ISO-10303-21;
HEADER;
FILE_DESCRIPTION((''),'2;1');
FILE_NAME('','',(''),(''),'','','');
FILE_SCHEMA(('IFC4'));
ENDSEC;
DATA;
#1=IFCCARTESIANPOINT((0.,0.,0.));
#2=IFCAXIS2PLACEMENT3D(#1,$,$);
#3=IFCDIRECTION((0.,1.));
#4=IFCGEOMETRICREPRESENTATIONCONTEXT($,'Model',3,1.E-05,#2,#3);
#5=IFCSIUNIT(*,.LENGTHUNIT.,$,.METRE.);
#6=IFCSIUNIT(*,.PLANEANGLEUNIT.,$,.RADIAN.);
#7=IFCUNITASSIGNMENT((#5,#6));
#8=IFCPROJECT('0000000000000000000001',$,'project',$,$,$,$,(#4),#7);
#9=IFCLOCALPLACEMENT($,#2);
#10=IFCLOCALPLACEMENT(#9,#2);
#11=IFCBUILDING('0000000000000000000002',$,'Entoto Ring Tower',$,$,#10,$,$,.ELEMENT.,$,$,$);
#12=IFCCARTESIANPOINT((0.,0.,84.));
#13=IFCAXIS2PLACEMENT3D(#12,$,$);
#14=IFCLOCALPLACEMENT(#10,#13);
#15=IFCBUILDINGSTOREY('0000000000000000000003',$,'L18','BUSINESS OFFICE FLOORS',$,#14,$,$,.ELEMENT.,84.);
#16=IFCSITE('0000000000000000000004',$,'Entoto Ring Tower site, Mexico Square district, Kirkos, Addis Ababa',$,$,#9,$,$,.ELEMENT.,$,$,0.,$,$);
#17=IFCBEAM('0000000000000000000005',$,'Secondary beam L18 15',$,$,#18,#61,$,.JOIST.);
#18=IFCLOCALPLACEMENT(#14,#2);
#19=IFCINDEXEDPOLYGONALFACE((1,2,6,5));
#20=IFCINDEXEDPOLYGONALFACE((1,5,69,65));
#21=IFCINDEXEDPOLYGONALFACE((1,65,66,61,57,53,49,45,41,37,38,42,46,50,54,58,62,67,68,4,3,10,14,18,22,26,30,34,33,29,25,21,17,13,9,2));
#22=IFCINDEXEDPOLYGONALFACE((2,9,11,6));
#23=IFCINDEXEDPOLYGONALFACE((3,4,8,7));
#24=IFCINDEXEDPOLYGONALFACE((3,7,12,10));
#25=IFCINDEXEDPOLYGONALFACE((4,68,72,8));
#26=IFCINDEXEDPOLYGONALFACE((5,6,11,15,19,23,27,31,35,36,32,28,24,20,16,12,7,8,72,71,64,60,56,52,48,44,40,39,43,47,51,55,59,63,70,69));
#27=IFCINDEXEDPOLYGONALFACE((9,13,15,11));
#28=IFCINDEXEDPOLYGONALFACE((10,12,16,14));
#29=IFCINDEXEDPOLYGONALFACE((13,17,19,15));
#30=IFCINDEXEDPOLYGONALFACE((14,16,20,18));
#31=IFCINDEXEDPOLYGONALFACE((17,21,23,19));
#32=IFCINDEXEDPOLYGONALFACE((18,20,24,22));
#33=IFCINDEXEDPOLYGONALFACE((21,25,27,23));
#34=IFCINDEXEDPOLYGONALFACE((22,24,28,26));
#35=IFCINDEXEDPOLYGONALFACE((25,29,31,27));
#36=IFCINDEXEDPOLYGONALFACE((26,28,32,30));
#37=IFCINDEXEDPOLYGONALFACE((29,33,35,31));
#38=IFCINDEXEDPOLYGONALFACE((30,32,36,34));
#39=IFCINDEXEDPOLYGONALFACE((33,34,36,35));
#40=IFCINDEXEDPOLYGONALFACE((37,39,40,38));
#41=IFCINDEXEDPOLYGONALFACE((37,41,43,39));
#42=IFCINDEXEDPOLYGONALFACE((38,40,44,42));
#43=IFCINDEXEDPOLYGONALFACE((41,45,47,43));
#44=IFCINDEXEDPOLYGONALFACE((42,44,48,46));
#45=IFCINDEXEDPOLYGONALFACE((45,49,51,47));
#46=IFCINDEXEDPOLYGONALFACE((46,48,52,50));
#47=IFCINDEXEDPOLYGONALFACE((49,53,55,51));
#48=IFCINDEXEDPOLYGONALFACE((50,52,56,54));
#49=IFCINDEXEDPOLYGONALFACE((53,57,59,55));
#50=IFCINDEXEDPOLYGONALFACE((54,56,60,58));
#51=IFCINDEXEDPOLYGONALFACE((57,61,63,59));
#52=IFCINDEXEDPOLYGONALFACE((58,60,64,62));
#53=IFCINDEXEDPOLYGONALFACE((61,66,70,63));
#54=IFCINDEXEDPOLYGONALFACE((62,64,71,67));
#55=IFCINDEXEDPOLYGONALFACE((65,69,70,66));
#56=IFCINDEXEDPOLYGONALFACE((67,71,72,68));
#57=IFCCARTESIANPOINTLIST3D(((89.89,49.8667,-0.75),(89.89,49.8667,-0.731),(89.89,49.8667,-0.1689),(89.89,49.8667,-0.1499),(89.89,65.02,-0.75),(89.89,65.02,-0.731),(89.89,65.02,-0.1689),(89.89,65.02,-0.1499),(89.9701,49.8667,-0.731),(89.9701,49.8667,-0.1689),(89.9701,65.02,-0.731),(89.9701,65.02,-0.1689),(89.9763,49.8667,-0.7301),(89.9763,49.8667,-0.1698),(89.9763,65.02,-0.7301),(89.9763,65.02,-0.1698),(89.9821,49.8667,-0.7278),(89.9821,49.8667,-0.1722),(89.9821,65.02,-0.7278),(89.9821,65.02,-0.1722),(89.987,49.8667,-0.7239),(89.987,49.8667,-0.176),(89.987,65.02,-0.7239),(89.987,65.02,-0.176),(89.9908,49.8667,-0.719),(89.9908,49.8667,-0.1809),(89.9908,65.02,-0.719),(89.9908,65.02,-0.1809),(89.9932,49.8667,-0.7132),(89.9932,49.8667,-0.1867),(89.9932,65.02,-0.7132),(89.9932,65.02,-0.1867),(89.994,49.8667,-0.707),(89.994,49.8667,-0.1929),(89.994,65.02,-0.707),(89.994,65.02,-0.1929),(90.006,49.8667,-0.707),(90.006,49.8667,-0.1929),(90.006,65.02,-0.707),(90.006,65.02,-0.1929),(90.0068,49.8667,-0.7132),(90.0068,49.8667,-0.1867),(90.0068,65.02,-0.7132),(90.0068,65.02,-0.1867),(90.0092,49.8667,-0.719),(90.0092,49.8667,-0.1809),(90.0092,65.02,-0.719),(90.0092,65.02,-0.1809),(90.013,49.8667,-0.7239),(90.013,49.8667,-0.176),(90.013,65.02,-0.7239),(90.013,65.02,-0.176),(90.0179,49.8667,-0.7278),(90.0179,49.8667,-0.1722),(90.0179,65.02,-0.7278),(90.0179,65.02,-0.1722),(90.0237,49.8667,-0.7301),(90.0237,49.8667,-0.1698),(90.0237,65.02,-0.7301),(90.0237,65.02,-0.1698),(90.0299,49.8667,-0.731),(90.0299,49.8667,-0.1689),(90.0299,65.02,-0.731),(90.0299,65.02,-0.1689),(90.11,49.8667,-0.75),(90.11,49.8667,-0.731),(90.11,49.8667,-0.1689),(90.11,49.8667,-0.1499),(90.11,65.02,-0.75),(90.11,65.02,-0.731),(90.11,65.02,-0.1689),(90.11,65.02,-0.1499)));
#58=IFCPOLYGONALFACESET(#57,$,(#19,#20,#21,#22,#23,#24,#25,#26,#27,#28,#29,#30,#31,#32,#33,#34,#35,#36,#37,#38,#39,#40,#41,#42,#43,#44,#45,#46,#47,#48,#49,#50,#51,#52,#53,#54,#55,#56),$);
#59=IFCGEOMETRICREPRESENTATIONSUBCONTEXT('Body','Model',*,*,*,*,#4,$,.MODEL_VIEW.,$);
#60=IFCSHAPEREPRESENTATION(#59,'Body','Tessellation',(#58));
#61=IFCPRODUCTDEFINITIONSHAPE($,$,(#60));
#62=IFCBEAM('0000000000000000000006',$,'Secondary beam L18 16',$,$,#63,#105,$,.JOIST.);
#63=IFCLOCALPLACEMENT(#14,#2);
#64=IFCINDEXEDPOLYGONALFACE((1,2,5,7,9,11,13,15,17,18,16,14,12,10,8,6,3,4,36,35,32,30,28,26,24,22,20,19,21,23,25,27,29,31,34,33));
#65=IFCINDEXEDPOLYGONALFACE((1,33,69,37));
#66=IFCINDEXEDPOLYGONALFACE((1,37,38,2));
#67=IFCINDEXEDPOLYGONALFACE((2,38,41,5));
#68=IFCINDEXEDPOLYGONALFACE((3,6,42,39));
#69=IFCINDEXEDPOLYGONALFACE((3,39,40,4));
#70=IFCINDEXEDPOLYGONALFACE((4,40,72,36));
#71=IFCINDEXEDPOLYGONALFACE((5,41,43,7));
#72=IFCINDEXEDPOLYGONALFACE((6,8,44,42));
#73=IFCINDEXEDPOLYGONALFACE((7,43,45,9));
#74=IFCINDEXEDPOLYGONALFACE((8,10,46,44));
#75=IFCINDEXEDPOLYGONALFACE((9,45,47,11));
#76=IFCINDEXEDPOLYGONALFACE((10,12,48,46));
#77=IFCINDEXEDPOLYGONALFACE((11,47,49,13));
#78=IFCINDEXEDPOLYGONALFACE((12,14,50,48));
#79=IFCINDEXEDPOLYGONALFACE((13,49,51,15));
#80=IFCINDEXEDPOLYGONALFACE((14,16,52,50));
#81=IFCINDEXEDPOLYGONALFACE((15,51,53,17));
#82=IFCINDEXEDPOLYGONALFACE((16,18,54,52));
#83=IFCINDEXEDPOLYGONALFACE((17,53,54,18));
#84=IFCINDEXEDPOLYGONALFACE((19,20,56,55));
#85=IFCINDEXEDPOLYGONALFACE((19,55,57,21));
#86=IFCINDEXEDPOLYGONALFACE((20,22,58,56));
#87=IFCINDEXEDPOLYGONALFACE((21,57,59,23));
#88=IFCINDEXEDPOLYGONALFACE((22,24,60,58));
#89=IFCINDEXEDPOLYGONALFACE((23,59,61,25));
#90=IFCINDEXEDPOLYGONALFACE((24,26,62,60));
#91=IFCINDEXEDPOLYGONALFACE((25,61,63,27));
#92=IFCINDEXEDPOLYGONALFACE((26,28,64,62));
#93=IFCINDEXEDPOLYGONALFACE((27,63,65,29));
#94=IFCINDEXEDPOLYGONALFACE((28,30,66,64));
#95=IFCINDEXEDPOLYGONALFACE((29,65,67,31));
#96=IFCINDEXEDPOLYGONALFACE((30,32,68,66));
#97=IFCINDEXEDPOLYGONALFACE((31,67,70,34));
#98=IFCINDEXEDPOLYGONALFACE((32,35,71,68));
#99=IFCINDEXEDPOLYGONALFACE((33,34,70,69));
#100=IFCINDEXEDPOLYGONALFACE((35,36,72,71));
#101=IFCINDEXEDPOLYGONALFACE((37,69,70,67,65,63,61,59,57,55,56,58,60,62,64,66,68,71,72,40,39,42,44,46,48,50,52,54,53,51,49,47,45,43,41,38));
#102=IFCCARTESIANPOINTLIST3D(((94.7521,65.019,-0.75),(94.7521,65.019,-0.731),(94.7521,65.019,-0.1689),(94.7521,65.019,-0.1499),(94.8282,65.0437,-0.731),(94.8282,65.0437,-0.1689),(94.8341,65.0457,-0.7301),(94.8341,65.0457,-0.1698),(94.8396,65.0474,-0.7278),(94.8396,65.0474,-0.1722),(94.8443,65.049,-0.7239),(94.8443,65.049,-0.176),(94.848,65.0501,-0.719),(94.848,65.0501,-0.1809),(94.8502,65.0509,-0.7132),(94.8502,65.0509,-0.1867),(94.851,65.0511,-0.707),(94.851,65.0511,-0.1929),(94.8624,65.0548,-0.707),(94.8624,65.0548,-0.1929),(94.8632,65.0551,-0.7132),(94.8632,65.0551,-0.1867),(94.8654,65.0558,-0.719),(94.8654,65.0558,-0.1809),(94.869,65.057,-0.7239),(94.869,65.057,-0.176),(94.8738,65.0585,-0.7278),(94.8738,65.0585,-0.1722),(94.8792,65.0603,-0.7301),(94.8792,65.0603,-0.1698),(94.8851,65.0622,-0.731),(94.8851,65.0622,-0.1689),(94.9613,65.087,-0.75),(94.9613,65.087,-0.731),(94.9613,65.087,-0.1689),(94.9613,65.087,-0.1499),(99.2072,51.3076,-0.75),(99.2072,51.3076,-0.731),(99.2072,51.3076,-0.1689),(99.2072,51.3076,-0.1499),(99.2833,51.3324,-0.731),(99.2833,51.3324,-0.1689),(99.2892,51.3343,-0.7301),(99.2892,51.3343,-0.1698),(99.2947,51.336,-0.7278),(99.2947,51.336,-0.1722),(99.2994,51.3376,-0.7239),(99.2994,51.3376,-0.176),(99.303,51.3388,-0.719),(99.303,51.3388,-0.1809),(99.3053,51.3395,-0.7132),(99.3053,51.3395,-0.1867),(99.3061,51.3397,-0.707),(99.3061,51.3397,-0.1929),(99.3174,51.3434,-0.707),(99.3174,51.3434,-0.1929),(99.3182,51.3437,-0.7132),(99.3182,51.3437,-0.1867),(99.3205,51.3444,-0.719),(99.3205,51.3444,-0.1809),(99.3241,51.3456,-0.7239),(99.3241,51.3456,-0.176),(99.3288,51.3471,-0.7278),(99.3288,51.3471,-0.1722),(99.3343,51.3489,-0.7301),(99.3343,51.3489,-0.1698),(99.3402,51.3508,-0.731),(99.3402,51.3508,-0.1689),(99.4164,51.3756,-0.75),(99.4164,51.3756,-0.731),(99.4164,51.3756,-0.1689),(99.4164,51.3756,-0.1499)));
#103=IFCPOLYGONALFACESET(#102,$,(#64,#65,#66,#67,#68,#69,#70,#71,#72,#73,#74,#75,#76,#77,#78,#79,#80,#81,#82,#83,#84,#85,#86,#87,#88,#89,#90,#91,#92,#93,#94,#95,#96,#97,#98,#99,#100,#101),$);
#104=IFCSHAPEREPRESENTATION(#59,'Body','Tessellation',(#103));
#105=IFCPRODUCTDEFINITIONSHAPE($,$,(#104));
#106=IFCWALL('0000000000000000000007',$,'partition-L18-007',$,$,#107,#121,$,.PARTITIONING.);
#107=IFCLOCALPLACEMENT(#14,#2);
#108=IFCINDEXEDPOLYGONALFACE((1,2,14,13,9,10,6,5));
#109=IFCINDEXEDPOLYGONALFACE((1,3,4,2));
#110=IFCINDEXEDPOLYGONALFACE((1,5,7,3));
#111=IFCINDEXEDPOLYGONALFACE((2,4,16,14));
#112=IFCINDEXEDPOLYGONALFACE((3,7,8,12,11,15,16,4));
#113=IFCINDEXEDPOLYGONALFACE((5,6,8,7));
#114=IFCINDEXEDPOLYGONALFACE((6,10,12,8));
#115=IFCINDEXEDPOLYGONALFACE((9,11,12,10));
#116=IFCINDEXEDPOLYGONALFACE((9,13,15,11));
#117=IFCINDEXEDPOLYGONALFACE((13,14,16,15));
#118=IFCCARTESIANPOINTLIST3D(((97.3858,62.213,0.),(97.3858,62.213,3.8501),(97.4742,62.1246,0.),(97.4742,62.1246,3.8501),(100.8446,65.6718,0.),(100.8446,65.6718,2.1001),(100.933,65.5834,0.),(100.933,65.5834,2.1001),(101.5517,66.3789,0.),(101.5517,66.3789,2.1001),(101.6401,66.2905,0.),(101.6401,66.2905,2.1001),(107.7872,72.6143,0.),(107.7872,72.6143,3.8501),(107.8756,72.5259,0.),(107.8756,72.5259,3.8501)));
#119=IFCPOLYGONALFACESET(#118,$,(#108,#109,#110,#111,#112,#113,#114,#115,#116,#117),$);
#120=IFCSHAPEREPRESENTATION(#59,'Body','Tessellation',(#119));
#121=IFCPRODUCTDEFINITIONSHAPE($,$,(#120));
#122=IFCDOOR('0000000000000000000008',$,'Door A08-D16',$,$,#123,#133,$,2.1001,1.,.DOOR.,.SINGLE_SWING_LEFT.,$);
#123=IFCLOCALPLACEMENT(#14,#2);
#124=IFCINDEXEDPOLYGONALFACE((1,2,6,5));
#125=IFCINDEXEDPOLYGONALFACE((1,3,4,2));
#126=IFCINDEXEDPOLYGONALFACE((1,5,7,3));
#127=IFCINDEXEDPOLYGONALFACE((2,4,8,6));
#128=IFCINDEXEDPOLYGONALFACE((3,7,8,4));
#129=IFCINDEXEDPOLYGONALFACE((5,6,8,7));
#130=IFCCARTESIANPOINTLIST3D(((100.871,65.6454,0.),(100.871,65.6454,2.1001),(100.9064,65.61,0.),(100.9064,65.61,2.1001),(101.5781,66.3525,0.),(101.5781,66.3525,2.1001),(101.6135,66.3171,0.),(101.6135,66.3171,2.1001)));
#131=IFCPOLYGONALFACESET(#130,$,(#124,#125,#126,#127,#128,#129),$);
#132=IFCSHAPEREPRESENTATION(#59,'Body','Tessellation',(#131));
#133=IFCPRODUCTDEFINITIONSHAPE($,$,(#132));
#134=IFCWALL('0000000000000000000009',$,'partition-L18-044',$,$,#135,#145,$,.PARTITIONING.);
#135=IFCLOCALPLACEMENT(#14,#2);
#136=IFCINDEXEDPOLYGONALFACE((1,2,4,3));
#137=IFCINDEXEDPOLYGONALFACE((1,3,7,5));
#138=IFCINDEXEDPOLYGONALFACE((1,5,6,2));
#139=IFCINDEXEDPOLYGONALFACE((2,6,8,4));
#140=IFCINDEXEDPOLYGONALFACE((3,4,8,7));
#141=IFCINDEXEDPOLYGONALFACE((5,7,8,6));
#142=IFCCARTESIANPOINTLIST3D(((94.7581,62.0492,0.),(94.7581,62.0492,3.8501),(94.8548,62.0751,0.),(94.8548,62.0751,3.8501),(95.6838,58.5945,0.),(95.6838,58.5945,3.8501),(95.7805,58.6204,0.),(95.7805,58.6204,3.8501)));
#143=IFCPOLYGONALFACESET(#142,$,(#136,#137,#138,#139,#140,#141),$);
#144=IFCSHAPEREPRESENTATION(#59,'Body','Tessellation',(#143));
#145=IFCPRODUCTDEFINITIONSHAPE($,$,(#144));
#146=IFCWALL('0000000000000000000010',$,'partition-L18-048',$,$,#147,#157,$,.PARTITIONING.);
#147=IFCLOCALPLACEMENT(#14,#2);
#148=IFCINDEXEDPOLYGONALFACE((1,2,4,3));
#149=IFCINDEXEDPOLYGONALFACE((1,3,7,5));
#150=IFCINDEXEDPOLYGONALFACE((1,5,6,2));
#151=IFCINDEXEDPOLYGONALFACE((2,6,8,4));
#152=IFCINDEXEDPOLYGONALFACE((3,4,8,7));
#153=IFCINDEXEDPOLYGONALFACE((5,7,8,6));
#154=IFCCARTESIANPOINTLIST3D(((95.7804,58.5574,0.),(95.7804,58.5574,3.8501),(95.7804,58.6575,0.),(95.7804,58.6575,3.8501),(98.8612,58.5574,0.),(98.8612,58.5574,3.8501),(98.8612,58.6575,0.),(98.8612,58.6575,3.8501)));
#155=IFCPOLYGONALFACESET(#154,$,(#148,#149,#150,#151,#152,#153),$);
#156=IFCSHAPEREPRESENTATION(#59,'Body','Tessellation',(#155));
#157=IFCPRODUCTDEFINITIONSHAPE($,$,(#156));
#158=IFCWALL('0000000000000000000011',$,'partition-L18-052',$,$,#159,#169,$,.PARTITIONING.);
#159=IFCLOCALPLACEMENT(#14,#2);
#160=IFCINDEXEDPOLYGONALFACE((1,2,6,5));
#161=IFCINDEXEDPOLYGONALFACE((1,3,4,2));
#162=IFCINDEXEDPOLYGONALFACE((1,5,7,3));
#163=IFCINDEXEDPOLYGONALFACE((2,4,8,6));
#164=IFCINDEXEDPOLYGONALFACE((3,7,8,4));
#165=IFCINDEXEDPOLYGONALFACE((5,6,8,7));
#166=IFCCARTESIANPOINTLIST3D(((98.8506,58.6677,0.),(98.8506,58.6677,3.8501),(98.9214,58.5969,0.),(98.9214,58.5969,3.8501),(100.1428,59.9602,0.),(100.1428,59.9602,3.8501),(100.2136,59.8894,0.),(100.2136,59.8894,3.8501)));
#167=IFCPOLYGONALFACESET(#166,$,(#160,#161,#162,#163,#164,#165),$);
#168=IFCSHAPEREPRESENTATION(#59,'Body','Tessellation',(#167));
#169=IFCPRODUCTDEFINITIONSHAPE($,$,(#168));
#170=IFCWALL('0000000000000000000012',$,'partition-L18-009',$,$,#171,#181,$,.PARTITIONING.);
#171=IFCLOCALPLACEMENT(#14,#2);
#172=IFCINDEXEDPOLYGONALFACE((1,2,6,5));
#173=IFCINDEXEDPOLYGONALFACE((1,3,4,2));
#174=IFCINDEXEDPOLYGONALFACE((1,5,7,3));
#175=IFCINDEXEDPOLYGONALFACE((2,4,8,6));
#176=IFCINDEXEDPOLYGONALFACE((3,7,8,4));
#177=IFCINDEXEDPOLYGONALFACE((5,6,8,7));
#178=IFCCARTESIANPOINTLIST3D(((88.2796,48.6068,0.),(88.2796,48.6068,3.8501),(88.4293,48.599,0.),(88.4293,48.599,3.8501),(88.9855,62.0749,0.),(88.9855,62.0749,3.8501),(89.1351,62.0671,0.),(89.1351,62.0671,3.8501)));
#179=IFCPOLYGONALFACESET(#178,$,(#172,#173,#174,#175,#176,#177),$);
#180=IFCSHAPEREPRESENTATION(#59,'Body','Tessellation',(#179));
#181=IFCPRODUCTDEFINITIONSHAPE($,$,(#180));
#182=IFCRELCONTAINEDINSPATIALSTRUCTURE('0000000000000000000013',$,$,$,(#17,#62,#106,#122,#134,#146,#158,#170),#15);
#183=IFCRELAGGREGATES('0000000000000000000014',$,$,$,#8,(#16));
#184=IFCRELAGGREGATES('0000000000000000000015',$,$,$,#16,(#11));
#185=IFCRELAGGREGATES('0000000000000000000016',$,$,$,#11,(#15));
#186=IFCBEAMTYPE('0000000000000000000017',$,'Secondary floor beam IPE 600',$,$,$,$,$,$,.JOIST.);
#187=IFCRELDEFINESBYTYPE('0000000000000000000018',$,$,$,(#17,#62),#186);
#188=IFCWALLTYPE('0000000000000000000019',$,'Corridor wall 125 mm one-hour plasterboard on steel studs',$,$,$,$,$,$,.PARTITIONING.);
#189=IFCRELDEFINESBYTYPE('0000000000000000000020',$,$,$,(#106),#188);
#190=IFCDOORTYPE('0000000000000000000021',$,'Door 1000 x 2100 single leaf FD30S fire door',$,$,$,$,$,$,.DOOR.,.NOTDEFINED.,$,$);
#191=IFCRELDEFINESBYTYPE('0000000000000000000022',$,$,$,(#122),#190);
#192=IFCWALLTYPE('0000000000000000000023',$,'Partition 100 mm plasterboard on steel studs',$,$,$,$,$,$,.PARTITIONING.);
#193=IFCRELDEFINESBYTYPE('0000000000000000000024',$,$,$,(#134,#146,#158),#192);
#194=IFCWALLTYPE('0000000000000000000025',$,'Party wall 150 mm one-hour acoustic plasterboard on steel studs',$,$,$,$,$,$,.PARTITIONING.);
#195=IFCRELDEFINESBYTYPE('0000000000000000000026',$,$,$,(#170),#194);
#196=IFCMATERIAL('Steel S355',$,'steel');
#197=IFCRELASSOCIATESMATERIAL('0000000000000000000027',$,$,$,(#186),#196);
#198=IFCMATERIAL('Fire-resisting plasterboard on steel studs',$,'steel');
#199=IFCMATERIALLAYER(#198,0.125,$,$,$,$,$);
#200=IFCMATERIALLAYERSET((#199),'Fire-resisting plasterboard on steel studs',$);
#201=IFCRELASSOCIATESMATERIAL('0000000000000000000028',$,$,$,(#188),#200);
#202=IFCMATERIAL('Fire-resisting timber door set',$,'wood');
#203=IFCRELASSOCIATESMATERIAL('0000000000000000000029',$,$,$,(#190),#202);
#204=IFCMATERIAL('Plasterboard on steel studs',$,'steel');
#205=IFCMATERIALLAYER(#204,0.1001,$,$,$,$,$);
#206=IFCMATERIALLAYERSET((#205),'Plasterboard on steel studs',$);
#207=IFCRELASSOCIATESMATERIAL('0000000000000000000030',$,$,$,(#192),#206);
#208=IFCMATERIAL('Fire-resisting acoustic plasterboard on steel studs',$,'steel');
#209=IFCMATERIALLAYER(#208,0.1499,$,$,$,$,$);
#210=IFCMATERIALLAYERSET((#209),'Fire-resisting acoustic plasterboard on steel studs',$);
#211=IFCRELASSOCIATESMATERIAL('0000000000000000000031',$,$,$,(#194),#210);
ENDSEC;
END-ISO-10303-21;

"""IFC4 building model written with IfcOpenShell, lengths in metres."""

from ifc_helpers import new_model, si_unit, direction, frame, frame_2d, origin, origin_2d, place, context, subcontext, project, spatial, rectangle, i_section, extrude, material, layer, layer_set, material_profile, profile_set, type_object, element, fill, save


model = new_model("IFC4")

# Units and contexts
model_context = context("Model", 3, precision=1e-05, world=origin(), true_north=direction((0.0, 1.0)))
body_context = subcontext(model_context, "Body", "Model", "MODEL_VIEW")
ifc_project = project(units=[si_unit("LENGTHUNIT", "METRE"), si_unit("PLANEANGLEUNIT", "RADIAN")], contexts=[model_context])

# Site, building, storey
site_placement = place(None, origin())
site = spatial("IfcSite", under=ifc_project, at=site_placement, Name="Entoto Ring Tower site, Mexico Square district, Kirkos, Addis Ababa", CompositionType="ELEMENT", RefElevation=0.0)
building_placement = place(site_placement, origin())
building = spatial("IfcBuilding", under=site, at=building_placement, Name="Entoto Ring Tower", CompositionType="ELEMENT")
storey_placement = place(building_placement, frame((0.0, 0.0, 84.0)))
storey = spatial("IfcBuildingStorey", under=building, at=storey_placement, Name="L18", Description="BUSINESS OFFICE FLOORS", CompositionType="ELEMENT", Elevation=84.0)

# Beams
ifc_material_1 = material(Name="Steel S355", Category="steel")
ifc_material_profile_1 = material_profile(ifc_material_1, i_section(OverallWidth=0.22, OverallDepth=0.6001, WebThickness=0.012, FlangeThickness=0.019, FilletRadius=0.0239, at=origin_2d()), Name="IPE 600")
ifc_profile_set_1 = profile_set([ifc_material_profile_1], Name="Steel S355")
beam_type_1 = type_object("IfcBeamType", Name="Secondary floor beam IPE 600", PredefinedType="JOIST", material=ifc_profile_set_1)
beam_1_placement = place(storey_placement, frame((90.0, 65.02, -0.45), z_axis=(0.0, -1.0, 0.0), x_axis=(1.0, 0.0, 0.0)))
element("IfcBeam", 1, at=beam_1_placement, inside=storey, type_object=beam_type_1, Name="Secondary beam L18 15", PredefinedType="JOIST", context=body_context, shape_type="SweptSolid", body=[
    extrude(i_section(OverallWidth=0.22, OverallDepth=0.6001, WebThickness=0.012, FlangeThickness=0.019, FilletRadius=0.0239, at=origin_2d()), origin(), (0.0, 0.0, 1.0), 15.1533),
])
beam_2_placement = place(storey_placement, frame((94.8567, 65.053, -0.45), z_axis=(0.309015, -0.951057, 0.0), x_axis=(0.951057, 0.309015, 0.0)))
element("IfcBeam", 2, at=beam_2_placement, inside=storey, type_object=beam_type_1, Name="Secondary beam L18 16", PredefinedType="JOIST", context=body_context, shape_type="SweptSolid", body=[
    extrude(i_section(OverallWidth=0.22, OverallDepth=0.6001, WebThickness=0.012, FlangeThickness=0.019, FilletRadius=0.0239, at=origin_2d()), origin(), (0.0, 0.0, 1.0), 14.417),
])

# Wall, opening, door
ifc_material_2 = material(Name="Fire-resisting plasterboard on steel studs", Category="steel")
ifc_layer_1 = layer(ifc_material_2, 0.125)
ifc_layer_set_1 = layer_set([ifc_layer_1], Name="Fire-resisting plasterboard on steel studs")
wall_type_1 = type_object("IfcWallType", Name="Corridor wall 125 mm one-hour plasterboard on steel studs", PredefinedType="PARTITIONING", material=ifc_layer_set_1)
wall_1_placement = place(storey_placement, frame((97.4299, 62.1687, 0.0), z_axis=(0.0, 0.0, 1.0), x_axis=(0.707107, 0.707107, 0.0)))
wall_1 = element("IfcWall", 3, at=wall_1_placement, inside=storey, type_object=wall_type_1, Name="partition-L18-007", PredefinedType="PARTITIONING", context=body_context, shape_type="SweptSolid", body=[
    extrude(rectangle(XDim=14.7097, YDim=0.125, at=frame_2d((7.355, 0.0))), origin(), (0.0, 0.0, 1.0), 3.8501),
])
opening_placement = place(wall_1_placement, frame((4.8916, 0.0, 0.0)))
opening = element("IfcOpeningElement", 4, at=opening_placement, cuts=wall_1, PredefinedType="OPENING", context=body_context, shape_type="SweptSolid", body=[
    extrude(rectangle(XDim=1.0, YDim=2.1001, at=frame_2d((0.5, 1.05))), frame((0.0, 0.0725, 0.0), z_axis=(0.0, -1.0, 0.0), x_axis=(1.0, 0.0, 0.0)), (0.0, 0.0, 1.0), 0.145),
])
ifc_material_3 = material(Name="Fire-resisting timber door set", Category="wood")
door_type = type_object("IfcDoorType", Name="Door 1000 x 2100 single leaf FD30S fire door", OperationType="NOTDEFINED", PredefinedType="DOOR", material=ifc_material_3)
door_placement = place(opening_placement, frame((1.0, 0.0, 0.0), z_axis=(0.0, 0.0, 1.0), x_axis=(-1.0, 0.0, 0.0)))
door = element("IfcDoor", 5, at=door_placement, inside=storey, type_object=door_type, Name="Door A08-D16", OperationType="SINGLE_SWING_LEFT", OverallHeight=2.1001, OverallWidth=1.0, PredefinedType="DOOR", context=body_context, shape_type="SweptSolid", body=[
    extrude(rectangle(XDim=1.0, YDim=2.1001, at=frame_2d((0.5, 1.05))), frame((0.0, 0.0249, 0.0), z_axis=(0.0, -1.0, 0.0), x_axis=(1.0, 0.0, 0.0)), (0.0, 0.0, 1.0), 0.05),
])
fill(opening, door)

# Walls
ifc_material_4 = material(Name="Plasterboard on steel studs", Category="steel")
ifc_layer_2 = layer(ifc_material_4, 0.1001)
ifc_layer_set_2 = layer_set([ifc_layer_2], Name="Plasterboard on steel studs")
wall_type_2 = type_object("IfcWallType", Name="Partition 100 mm plasterboard on steel studs", PredefinedType="PARTITIONING", material=ifc_layer_set_2)
wall_2_placement = place(storey_placement, frame((95.7322, 58.6074, 0.0), z_axis=(0.0, 0.0, 1.0), x_axis=(-0.258835, 0.965922, 0.0)))
element("IfcWall", 6, at=wall_2_placement, inside=storey, type_object=wall_type_2, Name="partition-L18-044", PredefinedType="PARTITIONING", context=body_context, shape_type="SweptSolid", body=[
    extrude(rectangle(XDim=3.5767, YDim=0.1001, at=frame_2d((1.7883, 0.0))), origin(), (0.0, 0.0, 1.0), 3.8501),
])
wall_3_placement = place(storey_placement, frame((95.7803, 58.6074, 0.0), z_axis=(0.0, 0.0, 1.0), x_axis=(1.0, 0.0, 0.0)))
element("IfcWall", 7, at=wall_3_placement, inside=storey, type_object=wall_type_2, Name="partition-L18-048", PredefinedType="PARTITIONING", context=body_context, shape_type="SweptSolid", body=[
    extrude(rectangle(XDim=3.0808, YDim=0.1001, at=frame_2d((1.5405, 0.0))), origin(), (0.0, 0.0, 1.0), 3.8501),
])
wall_4_placement = place(storey_placement, frame((98.886, 58.6323, 0.0), z_axis=(0.0, 0.0, 1.0), x_axis=(0.70704, 0.707174, 0.0)))
element("IfcWall", 8, at=wall_4_placement, inside=storey, type_object=wall_type_2, Name="partition-L18-052", PredefinedType="PARTITIONING", context=body_context, shape_type="SweptSolid", body=[
    extrude(rectangle(XDim=1.8276, YDim=0.1001, at=frame_2d((0.9138, 0.0))), origin(), (0.0, 0.0, 1.0), 3.8501),
])
ifc_material_5 = material(Name="Fire-resisting acoustic plasterboard on steel studs", Category="steel")
ifc_layer_3 = layer(ifc_material_5, 0.1499)
ifc_layer_set_3 = layer_set([ifc_layer_3], Name="Fire-resisting acoustic plasterboard on steel studs")
wall_type_3 = type_object("IfcWallType", Name="Party wall 150 mm one-hour acoustic plasterboard on steel studs", PredefinedType="PARTITIONING", material=ifc_layer_set_3)
wall_5_placement = place(storey_placement, frame((88.3545, 48.603, 0.0), z_axis=(0.0, 0.0, 1.0), x_axis=(0.052335, 0.99863, 0.0)))
element("IfcWall", 9, at=wall_5_placement, inside=storey, type_object=wall_type_3, Name="partition-L18-009", PredefinedType="PARTITIONING", context=body_context, shape_type="SweptSolid", body=[
    extrude(rectangle(XDim=13.4866, YDim=0.1499, at=frame_2d((6.7432, 0.0))), origin(), (0.0, 0.0, 1.0), 3.8501),
])

save(model, "model.ifc")
